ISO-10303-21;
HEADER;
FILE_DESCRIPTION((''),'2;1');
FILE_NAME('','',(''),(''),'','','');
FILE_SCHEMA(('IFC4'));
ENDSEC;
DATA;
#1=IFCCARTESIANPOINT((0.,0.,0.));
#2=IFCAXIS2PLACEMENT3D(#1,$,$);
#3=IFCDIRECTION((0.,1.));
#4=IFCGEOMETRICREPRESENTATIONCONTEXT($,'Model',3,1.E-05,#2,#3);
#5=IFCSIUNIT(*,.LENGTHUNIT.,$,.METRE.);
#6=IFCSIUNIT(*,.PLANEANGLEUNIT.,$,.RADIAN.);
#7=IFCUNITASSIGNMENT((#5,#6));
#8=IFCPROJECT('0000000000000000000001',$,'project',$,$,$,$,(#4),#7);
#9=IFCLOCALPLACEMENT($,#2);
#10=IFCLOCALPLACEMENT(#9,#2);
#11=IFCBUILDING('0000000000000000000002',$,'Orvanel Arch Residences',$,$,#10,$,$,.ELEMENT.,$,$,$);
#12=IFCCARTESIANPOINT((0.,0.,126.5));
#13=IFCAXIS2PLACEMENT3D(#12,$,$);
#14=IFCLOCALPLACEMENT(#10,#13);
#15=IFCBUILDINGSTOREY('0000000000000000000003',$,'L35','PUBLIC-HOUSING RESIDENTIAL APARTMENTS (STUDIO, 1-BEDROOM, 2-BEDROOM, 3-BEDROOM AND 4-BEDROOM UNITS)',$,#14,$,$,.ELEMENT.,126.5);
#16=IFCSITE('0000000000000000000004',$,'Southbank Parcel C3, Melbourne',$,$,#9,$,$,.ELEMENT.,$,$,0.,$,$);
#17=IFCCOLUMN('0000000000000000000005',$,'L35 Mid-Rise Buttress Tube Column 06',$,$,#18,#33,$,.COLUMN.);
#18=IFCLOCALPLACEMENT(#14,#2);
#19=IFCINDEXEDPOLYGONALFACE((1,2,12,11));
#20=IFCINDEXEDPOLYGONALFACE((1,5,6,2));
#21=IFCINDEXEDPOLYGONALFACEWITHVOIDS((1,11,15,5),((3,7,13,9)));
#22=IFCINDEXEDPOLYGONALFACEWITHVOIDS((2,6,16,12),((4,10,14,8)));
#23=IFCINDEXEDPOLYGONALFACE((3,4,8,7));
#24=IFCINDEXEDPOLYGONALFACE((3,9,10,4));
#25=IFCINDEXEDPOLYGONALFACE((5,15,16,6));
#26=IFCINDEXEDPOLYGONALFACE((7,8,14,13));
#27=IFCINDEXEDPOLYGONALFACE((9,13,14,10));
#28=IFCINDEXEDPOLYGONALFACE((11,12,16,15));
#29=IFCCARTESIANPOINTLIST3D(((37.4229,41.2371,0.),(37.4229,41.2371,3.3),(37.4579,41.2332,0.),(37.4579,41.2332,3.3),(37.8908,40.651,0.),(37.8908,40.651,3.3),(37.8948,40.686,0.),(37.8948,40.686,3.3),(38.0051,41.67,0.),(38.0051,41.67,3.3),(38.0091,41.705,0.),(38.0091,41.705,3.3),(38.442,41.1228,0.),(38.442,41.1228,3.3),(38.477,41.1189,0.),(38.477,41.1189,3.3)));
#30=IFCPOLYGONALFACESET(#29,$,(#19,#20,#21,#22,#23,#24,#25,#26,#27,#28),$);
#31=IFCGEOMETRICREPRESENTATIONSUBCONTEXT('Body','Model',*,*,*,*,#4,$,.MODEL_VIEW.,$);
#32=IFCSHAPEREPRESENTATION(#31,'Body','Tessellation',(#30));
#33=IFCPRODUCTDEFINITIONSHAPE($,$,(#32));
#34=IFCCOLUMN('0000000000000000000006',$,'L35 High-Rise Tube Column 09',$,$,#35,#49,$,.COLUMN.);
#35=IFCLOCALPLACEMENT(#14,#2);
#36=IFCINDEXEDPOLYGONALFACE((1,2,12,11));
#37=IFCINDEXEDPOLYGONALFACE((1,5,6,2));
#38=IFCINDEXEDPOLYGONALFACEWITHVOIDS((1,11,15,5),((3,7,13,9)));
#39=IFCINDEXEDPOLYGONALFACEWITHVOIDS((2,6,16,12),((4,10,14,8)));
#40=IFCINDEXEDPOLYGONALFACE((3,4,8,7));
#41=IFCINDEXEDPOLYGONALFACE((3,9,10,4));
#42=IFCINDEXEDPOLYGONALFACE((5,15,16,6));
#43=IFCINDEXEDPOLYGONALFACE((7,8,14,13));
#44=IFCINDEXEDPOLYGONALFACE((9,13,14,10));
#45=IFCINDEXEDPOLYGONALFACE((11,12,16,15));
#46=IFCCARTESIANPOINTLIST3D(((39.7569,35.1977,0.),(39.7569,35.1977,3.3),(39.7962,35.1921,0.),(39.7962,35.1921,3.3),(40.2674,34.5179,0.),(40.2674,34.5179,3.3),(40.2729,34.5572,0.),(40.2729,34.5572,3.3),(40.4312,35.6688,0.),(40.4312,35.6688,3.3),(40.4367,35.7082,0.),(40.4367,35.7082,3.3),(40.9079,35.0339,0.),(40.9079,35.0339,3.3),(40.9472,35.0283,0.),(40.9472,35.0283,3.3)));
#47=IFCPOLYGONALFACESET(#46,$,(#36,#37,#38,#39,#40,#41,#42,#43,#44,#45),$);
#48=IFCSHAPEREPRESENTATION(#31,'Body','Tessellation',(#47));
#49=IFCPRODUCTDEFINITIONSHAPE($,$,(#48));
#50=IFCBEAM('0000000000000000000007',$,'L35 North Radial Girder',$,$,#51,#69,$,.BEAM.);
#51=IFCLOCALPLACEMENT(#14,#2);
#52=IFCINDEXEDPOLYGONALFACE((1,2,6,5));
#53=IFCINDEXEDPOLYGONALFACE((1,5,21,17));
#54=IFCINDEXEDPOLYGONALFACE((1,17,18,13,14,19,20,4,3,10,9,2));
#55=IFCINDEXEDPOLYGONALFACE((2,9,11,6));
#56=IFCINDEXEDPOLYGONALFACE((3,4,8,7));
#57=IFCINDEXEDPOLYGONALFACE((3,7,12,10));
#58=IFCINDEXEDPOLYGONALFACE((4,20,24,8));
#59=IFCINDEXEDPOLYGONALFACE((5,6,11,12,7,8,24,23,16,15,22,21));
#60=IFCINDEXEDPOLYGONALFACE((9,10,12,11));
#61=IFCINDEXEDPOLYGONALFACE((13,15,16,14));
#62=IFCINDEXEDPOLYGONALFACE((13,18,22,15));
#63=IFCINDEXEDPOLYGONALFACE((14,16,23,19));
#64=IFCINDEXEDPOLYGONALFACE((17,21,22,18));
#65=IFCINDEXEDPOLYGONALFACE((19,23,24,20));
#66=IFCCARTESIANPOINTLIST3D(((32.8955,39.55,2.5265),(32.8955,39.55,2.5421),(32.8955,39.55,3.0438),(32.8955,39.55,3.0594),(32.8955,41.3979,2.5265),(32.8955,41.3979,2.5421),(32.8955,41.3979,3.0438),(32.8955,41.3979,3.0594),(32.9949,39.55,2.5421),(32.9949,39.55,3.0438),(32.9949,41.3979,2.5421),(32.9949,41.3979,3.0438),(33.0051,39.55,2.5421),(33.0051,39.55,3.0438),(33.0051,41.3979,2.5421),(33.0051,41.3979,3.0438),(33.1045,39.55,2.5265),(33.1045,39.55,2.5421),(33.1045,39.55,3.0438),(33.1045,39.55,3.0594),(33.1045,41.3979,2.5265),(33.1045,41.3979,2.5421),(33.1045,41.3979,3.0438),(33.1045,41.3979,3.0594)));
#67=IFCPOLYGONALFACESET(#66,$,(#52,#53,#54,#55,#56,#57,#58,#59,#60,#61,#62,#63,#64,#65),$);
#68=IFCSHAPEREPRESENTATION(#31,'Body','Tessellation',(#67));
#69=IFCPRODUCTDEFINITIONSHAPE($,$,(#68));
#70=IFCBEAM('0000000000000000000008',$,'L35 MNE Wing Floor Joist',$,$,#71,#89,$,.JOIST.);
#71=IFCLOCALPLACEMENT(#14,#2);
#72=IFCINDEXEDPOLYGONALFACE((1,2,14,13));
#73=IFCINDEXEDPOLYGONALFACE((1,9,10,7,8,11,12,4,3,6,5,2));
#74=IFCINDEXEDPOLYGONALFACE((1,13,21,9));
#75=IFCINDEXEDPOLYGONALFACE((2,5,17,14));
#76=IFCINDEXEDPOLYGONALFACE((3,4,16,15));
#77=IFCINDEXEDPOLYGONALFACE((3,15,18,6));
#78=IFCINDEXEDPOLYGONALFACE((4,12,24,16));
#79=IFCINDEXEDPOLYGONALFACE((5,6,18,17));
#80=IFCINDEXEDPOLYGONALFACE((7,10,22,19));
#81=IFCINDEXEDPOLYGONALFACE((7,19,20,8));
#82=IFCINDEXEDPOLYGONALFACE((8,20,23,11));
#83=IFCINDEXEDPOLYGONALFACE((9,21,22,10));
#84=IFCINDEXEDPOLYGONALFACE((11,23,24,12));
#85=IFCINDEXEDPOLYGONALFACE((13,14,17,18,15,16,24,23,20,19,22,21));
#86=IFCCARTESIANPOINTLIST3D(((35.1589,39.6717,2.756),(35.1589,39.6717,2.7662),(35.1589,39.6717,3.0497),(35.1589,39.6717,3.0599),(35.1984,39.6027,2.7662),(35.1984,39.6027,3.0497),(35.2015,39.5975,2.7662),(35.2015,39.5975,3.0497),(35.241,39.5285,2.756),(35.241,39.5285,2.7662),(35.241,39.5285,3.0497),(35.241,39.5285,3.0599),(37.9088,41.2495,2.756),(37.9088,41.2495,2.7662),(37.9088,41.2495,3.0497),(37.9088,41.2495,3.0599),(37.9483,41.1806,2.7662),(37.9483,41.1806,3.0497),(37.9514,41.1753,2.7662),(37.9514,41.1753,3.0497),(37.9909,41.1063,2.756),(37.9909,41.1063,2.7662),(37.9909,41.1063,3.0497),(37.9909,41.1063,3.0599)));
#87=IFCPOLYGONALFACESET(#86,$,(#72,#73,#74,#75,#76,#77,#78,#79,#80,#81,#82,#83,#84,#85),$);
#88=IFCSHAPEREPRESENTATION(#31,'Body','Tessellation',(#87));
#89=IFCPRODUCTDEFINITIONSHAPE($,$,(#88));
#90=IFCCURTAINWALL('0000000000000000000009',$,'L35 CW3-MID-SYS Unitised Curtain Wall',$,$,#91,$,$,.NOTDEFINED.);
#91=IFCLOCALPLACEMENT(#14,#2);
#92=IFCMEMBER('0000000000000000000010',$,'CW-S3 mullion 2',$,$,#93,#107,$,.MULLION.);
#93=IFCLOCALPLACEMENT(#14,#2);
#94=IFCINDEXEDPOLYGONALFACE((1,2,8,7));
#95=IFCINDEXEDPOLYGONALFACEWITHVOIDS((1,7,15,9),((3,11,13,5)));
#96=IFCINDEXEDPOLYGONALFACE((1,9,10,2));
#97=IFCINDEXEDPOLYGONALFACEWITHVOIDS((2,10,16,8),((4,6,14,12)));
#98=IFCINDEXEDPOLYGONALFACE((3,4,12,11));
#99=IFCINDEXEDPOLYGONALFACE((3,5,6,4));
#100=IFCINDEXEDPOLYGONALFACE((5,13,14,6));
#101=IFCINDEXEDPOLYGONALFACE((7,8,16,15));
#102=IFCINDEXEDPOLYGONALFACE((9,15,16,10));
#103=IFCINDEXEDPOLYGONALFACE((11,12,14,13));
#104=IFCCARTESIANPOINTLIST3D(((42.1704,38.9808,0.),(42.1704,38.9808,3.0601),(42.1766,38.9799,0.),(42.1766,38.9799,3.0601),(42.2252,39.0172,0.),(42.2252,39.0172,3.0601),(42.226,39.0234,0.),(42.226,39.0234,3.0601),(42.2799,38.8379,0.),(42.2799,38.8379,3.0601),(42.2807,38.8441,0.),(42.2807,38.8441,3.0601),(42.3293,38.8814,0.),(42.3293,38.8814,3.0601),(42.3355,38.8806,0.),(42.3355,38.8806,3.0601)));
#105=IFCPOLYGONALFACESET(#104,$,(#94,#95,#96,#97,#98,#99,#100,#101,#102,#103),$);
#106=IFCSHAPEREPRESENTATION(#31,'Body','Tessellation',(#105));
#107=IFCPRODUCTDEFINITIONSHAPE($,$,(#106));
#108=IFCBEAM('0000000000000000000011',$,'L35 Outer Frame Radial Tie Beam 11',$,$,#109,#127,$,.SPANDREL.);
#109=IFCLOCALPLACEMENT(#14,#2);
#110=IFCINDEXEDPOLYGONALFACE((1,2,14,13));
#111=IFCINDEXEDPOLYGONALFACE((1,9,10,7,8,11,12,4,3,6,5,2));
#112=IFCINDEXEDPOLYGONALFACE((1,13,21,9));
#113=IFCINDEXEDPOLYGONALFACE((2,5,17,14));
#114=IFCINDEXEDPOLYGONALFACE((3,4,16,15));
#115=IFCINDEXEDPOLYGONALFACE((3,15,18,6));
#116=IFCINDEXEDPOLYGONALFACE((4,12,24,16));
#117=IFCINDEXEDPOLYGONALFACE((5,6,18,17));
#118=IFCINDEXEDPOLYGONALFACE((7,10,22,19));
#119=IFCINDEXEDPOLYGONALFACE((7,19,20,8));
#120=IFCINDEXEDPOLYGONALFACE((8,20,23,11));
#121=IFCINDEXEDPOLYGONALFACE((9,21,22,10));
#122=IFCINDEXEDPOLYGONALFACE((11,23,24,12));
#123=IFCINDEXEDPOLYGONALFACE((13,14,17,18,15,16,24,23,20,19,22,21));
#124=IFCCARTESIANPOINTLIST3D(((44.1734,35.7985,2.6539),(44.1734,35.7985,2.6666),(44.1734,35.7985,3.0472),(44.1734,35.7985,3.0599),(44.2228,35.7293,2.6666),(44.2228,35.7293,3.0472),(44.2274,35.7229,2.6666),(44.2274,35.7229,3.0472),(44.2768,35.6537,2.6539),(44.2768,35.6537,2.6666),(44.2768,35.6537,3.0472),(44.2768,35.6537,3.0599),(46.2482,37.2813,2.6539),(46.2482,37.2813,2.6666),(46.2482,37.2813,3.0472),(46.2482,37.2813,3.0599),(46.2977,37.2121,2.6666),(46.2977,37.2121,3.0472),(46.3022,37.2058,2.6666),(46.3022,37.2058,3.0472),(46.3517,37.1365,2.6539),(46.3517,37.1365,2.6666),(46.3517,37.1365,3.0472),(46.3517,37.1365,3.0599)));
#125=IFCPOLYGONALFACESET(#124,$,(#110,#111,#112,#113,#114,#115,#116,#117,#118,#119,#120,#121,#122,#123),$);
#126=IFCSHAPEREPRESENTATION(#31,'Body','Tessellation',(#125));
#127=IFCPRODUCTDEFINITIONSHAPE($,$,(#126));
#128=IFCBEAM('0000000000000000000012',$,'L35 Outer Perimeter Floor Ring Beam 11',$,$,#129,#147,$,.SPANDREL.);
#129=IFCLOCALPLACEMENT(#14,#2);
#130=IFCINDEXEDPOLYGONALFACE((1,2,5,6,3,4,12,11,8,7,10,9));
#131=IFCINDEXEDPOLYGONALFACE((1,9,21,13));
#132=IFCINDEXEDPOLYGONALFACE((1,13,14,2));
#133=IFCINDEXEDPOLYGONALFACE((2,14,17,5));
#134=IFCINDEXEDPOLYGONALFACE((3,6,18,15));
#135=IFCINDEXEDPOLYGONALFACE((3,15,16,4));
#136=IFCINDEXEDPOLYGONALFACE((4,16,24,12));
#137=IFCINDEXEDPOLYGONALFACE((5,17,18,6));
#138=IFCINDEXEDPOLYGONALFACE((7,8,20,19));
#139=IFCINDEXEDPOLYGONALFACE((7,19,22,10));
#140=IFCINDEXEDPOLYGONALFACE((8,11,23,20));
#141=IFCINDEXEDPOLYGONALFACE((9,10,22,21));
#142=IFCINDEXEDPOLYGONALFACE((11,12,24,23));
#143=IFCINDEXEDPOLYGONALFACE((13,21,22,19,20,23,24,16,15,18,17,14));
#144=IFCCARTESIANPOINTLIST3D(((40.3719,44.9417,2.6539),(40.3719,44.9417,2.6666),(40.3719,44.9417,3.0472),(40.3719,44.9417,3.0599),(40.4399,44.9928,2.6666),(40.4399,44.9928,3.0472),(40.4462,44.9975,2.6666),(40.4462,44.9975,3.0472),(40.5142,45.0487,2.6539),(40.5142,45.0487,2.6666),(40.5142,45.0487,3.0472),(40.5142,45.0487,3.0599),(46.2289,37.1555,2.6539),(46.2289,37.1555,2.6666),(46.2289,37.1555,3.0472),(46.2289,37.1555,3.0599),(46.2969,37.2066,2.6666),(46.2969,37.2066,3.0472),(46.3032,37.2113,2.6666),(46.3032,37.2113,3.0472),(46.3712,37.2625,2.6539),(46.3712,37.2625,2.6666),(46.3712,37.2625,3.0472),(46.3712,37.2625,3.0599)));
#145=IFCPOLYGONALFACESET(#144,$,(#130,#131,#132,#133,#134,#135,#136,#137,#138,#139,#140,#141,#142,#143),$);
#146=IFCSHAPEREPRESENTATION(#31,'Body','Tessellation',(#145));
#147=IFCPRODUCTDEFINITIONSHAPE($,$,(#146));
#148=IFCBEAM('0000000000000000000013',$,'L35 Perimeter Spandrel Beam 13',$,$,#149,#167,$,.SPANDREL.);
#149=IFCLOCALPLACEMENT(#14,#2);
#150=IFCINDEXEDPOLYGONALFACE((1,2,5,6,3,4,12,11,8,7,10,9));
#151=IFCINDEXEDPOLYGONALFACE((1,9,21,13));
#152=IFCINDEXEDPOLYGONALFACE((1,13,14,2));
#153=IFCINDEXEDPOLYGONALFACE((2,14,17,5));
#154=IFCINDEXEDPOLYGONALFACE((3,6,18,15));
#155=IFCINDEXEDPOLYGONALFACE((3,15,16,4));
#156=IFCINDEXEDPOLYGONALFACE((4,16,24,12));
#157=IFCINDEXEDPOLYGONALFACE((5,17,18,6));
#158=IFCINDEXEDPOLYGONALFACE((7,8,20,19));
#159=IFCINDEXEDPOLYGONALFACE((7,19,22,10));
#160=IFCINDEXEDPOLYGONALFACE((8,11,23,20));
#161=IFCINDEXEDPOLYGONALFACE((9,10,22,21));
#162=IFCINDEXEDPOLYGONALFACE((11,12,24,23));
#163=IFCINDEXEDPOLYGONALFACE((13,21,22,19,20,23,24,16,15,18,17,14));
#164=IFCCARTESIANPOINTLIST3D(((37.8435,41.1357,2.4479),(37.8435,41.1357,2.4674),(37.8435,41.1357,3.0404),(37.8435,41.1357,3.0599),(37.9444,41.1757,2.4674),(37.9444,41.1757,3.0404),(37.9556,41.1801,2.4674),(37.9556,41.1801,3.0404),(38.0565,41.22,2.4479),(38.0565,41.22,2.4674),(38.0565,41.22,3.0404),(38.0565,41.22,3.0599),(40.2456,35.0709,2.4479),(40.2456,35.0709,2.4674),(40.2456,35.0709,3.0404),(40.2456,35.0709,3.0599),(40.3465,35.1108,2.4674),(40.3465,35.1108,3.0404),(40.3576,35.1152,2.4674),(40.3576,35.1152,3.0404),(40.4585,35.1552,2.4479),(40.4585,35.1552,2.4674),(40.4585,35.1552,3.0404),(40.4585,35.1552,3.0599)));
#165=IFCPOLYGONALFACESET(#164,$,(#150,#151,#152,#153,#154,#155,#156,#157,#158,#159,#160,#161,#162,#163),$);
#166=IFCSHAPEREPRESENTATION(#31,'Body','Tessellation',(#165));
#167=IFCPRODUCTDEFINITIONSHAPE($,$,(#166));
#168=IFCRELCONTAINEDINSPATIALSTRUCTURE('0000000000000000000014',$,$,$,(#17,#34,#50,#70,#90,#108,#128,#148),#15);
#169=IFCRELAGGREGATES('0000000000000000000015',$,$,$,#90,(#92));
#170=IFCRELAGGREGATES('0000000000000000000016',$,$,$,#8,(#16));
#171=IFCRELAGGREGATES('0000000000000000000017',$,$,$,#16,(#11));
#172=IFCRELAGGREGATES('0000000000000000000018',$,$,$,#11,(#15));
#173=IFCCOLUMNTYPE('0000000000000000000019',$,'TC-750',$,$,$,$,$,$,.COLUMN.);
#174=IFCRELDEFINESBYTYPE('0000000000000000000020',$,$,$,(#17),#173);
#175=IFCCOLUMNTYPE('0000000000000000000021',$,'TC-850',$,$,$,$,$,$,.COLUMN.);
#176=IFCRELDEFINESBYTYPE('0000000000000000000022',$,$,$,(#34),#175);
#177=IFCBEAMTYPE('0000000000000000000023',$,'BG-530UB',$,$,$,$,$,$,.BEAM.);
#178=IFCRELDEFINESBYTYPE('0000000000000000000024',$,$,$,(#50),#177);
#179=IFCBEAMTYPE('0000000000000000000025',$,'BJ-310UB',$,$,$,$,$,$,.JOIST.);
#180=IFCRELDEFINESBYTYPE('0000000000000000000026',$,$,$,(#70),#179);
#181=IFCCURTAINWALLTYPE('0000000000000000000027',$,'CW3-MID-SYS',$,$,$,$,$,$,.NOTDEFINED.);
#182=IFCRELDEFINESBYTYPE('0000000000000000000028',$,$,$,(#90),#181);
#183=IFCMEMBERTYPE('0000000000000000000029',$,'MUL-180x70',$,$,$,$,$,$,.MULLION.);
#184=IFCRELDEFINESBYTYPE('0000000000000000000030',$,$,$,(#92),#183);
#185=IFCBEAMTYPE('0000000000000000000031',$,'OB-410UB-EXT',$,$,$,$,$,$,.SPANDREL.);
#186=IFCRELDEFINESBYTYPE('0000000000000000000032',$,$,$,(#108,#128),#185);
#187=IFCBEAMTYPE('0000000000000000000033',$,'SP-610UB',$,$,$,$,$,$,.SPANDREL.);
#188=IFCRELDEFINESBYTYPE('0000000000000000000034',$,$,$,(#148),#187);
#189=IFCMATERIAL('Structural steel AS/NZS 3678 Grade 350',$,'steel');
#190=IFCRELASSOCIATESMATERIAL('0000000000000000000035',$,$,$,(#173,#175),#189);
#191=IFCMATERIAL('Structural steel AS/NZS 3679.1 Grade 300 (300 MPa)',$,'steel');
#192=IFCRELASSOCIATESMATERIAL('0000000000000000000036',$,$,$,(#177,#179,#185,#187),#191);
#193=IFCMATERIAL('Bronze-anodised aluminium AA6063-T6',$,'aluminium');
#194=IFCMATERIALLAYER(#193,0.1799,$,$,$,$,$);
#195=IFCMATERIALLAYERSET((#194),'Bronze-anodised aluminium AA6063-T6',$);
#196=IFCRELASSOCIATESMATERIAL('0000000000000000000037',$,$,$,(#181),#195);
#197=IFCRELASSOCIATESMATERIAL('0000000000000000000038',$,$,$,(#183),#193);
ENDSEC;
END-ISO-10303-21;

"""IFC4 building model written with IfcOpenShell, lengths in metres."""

from ifc_helpers import new_model, si_unit, direction, frame, origin, origin_2d, place, context, subcontext, project, spatial, hollow_rectangle, i_section, extrude, material, layer, layer_set, material_profile, profile_set, type_object, element, aggregate, save


model = new_model("IFC4")

# Units and contexts
model_context = context("Model", 3, precision=1e-05, world=origin(), true_north=direction((0.0, 1.0)))
body_context = subcontext(model_context, "Body", "Model", "MODEL_VIEW")
ifc_project = project(units=[si_unit("LENGTHUNIT", "METRE"), si_unit("PLANEANGLEUNIT", "RADIAN")], contexts=[model_context])

# Site, building, storey
site_placement = place(None, origin())
site = spatial("IfcSite", under=ifc_project, at=site_placement, Name="Southbank Parcel C3, Melbourne", CompositionType="ELEMENT", RefElevation=0.0)
building_placement = place(site_placement, origin())
building = spatial("IfcBuilding", under=site, at=building_placement, Name="Orvanel Arch Residences", CompositionType="ELEMENT")
storey_placement = place(building_placement, frame((0.0, 0.0, 126.5)))
storey = spatial("IfcBuildingStorey", under=building, at=storey_placement, Name="L35", Description="PUBLIC-HOUSING RESIDENTIAL APARTMENTS (STUDIO, 1-BEDROOM, 2-BEDROOM, 3-BEDROOM AND 4-BEDROOM UNITS)", CompositionType="ELEMENT", Elevation=126.5)

# Columns
ifc_material_1 = material(Name="Structural steel AS/NZS 3678 Grade 350", Category="steel")
ifc_material_profile_1 = material_profile(ifc_material_1, hollow_rectangle(XDim=0.75, YDim=0.75, WallThickness=0.0249, at=origin_2d()), Name="BOX750x750x25")
ifc_profile_set_1 = profile_set([ifc_material_profile_1], Name="Structural steel AS/NZS 3678 Grade 350")
column_type_1 = type_object("IfcColumnType", Name="TC-750", PredefinedType="COLUMN", material=ifc_profile_set_1)
column_1_placement = place(storey_placement, frame((37.95, 41.178, 0.0), z_axis=(0.0, 0.0, 1.0), x_axis=(-0.62388, 0.78152, 0.0)))
element("IfcColumn", 1, at=column_1_placement, inside=storey, type_object=column_type_1, Name="L35 Mid-Rise Buttress Tube Column 06", PredefinedType="COLUMN", context=body_context, shape_type="SweptSolid", body=[
    extrude(hollow_rectangle(XDim=0.75, YDim=0.75, WallThickness=0.0249, at=origin_2d()), origin(), (0.0, 0.0, 1.0), 3.3),
])
ifc_material_profile_2 = material_profile(ifc_material_1, hollow_rectangle(XDim=0.8501, YDim=0.8501, WallThickness=0.0281, at=origin_2d()), Name="BOX850x850x28")
ifc_profile_set_2 = profile_set([ifc_material_profile_2], Name="Structural steel AS/NZS 3678 Grade 350")
column_type_2 = type_object("IfcColumnType", Name="TC-850", PredefinedType="COLUMN", material=ifc_profile_set_2)
column_2_placement = place(storey_placement, frame((40.3521, 35.113, 0.0), z_axis=(0.0, 0.0, 1.0), x_axis=(-0.60042, 0.799685, 0.0)))
element("IfcColumn", 2, at=column_2_placement, inside=storey, type_object=column_type_2, Name="L35 High-Rise Tube Column 09", PredefinedType="COLUMN", context=body_context, shape_type="SweptSolid", body=[
    extrude(hollow_rectangle(XDim=0.8501, YDim=0.8501, WallThickness=0.0281, at=origin_2d()), origin(), (0.0, 0.0, 1.0), 3.3),
])

# Beams
ifc_material_2 = material(Name="Structural steel AS/NZS 3679.1 Grade 300 (300 MPa)", Category="steel")
ifc_material_profile_3 = material_profile(ifc_material_2, i_section(OverallWidth=0.209, OverallDepth=0.533, WebThickness=0.0103, FlangeThickness=0.0156, at=origin_2d()), Name="530UB92.4")
ifc_profile_set_3 = profile_set([ifc_material_profile_3], Name="Structural steel AS/NZS 3679.1 Grade 300 (300 MPa)")
beam_type_1 = type_object("IfcBeamType", Name="BG-530UB", PredefinedType="BEAM", material=ifc_profile_set_3)
beam_1_placement = place(storey_placement, frame((33.0, 39.55, 2.793), z_axis=(0.0, 1.0, 0.0), x_axis=(-1.0, 0.0, 0.0)))
element("IfcBeam", 3, at=beam_1_placement, inside=storey, type_object=beam_type_1, Name="L35 North Radial Girder", PredefinedType="BEAM", context=body_context, shape_type="SweptSolid", body=[
    extrude(i_section(OverallWidth=0.209, OverallDepth=0.533, WebThickness=0.0103, FlangeThickness=0.0156, at=origin_2d()), origin(), (0.0, 0.0, 1.0), 1.8479),
])
ifc_material_profile_4 = material_profile(ifc_material_2, i_section(OverallWidth=0.165, OverallDepth=0.304, WebThickness=0.0061, FlangeThickness=0.0103, at=origin_2d()), Name="310UB40.4")
ifc_profile_set_4 = profile_set([ifc_material_profile_4], Name="Structural steel AS/NZS 3679.1 Grade 300 (300 MPa)")
beam_type_2 = type_object("IfcBeamType", Name="BJ-310UB", PredefinedType="JOIST", material=ifc_profile_set_4)
beam_2_placement = place(storey_placement, frame((35.2, 39.6001, 2.908), z_axis=(0.867365, 0.497672, 0.0), x_axis=(-0.497672, 0.867365, 0.0)))
element("IfcBeam", 4, at=beam_2_placement, inside=storey, type_object=beam_type_2, Name="L35 MNE Wing Floor Joist", PredefinedType="JOIST", context=body_context, shape_type="SweptSolid", body=[
    extrude(i_section(OverallWidth=0.165, OverallDepth=0.304, WebThickness=0.0061, FlangeThickness=0.0103, at=origin_2d()), origin(), (0.0, 0.0, 1.0), 3.1704),
])

# Curtain wall, member
ifc_material_3 = material(Name="Bronze-anodised aluminium AA6063-T6", Category="aluminium")
ifc_layer_1 = layer(ifc_material_3, 0.1799)
ifc_layer_set_1 = layer_set([ifc_layer_1], Name="Bronze-anodised aluminium AA6063-T6")
curtain_wall_type = type_object("IfcCurtainWallType", Name="CW3-MID-SYS", PredefinedType="NOTDEFINED", material=ifc_layer_set_1)
curtain_wall_placement = place(storey_placement, origin())
curtain_wall = element("IfcCurtainWall", 5, at=curtain_wall_placement, inside=storey, type_object=curtain_wall_type, Name="L35 CW3-MID-SYS Unitised Curtain Wall", PredefinedType="NOTDEFINED")
ifc_material_profile_5 = material_profile(ifc_material_3, hollow_rectangle(XDim=0.0701, YDim=0.1799, WallThickness=0.0044, at=origin_2d()), Name="ALU180x70x4.5")
ifc_profile_set_5 = profile_set([ifc_material_profile_5], Name="Bronze-anodised aluminium AA6063-T6")
member_type_1 = type_object("IfcMemberType", Name="MUL-180x70", PredefinedType="MULLION", material=ifc_profile_set_5)
member_1_placement = place(storey_placement, frame((42.2529, 38.9307, 0.0), z_axis=(0.0, 0.0, 1.0), x_axis=(-0.793686, -0.608328, 0.0)))
member_1 = element("IfcMember", 6, at=member_1_placement, type_object=member_type_1, Name="CW-S3 mullion 2", PredefinedType="MULLION", context=body_context, shape_type="SweptSolid", body=[
    extrude(hollow_rectangle(XDim=0.0701, YDim=0.1799, WallThickness=0.0044, at=origin_2d()), origin(), (0.0, 0.0, 1.0), 3.0601),
])

# Beams
ifc_material_profile_6 = material_profile(ifc_material_2, i_section(OverallWidth=0.178, OverallDepth=0.406, WebThickness=0.0078, FlangeThickness=0.0127, at=origin_2d()), Name="410UB59.7")
ifc_profile_set_6 = profile_set([ifc_material_profile_6], Name="Structural steel AS/NZS 3679.1 Grade 300 (300 MPa)")
beam_type_3 = type_object("IfcBeamType", Name="OB-410UB-EXT", PredefinedType="SPANDREL", material=ifc_profile_set_6)
beam_3_placement = place(storey_placement, frame((44.2251, 35.7261, 2.8569), z_axis=(0.813585, 0.581446, 0.0), x_axis=(-0.581446, 0.813585, 0.0)))
element("IfcBeam", 7, at=beam_3_placement, inside=storey, type_object=beam_type_3, Name="L35 Outer Frame Radial Tie Beam 11", PredefinedType="SPANDREL", context=body_context, shape_type="SweptSolid", body=[
    extrude(i_section(OverallWidth=0.178, OverallDepth=0.406, WebThickness=0.0078, FlangeThickness=0.0127, at=origin_2d()), origin(), (0.0, 0.0, 1.0), 2.5503),
])
beam_4_placement = place(storey_placement, frame((46.3, 37.209, 2.8569), z_axis=(-0.601138, 0.799145, 0.0), x_axis=(-0.799145, -0.601138, 0.0)))
element("IfcBeam", 8, at=beam_4_placement, inside=storey, type_object=beam_type_3, Name="L35 Outer Perimeter Floor Ring Beam 11", PredefinedType="SPANDREL", context=body_context, shape_type="SweptSolid", body=[
    extrude(i_section(OverallWidth=0.178, OverallDepth=0.406, WebThickness=0.0078, FlangeThickness=0.0127, at=origin_2d()), origin(), (0.0, 0.0, 1.0), 9.7432),
])
ifc_material_profile_7 = material_profile(ifc_material_2, i_section(OverallWidth=0.229, OverallDepth=0.6121, WebThickness=0.012, FlangeThickness=0.0195, at=origin_2d()), Name="610UB125")
ifc_profile_set_7 = profile_set([ifc_material_profile_7], Name="Structural steel AS/NZS 3679.1 Grade 300 (300 MPa)")
beam_type_4 = type_object("IfcBeamType", Name="SP-610UB", PredefinedType="SPANDREL", material=ifc_profile_set_7)
beam_5_placement = place(storey_placement, frame((40.3521, 35.113, 2.7539), z_axis=(-0.368233, 0.929733, 0.0), x_axis=(-0.929733, -0.368233, 0.0)))
element("IfcBeam", 9, at=beam_5_placement, inside=storey, type_object=beam_type_4, Name="L35 Perimeter Spandrel Beam 13", PredefinedType="SPANDREL", context=body_context, shape_type="SweptSolid", body=[
    extrude(i_section(OverallWidth=0.229, OverallDepth=0.6121, WebThickness=0.012, FlangeThickness=0.0195, at=origin_2d()), origin(), (0.0, 0.0, 1.0), 6.5232),
])

aggregate(curtain_wall, [member_1])

save(model, "model.ifc")
